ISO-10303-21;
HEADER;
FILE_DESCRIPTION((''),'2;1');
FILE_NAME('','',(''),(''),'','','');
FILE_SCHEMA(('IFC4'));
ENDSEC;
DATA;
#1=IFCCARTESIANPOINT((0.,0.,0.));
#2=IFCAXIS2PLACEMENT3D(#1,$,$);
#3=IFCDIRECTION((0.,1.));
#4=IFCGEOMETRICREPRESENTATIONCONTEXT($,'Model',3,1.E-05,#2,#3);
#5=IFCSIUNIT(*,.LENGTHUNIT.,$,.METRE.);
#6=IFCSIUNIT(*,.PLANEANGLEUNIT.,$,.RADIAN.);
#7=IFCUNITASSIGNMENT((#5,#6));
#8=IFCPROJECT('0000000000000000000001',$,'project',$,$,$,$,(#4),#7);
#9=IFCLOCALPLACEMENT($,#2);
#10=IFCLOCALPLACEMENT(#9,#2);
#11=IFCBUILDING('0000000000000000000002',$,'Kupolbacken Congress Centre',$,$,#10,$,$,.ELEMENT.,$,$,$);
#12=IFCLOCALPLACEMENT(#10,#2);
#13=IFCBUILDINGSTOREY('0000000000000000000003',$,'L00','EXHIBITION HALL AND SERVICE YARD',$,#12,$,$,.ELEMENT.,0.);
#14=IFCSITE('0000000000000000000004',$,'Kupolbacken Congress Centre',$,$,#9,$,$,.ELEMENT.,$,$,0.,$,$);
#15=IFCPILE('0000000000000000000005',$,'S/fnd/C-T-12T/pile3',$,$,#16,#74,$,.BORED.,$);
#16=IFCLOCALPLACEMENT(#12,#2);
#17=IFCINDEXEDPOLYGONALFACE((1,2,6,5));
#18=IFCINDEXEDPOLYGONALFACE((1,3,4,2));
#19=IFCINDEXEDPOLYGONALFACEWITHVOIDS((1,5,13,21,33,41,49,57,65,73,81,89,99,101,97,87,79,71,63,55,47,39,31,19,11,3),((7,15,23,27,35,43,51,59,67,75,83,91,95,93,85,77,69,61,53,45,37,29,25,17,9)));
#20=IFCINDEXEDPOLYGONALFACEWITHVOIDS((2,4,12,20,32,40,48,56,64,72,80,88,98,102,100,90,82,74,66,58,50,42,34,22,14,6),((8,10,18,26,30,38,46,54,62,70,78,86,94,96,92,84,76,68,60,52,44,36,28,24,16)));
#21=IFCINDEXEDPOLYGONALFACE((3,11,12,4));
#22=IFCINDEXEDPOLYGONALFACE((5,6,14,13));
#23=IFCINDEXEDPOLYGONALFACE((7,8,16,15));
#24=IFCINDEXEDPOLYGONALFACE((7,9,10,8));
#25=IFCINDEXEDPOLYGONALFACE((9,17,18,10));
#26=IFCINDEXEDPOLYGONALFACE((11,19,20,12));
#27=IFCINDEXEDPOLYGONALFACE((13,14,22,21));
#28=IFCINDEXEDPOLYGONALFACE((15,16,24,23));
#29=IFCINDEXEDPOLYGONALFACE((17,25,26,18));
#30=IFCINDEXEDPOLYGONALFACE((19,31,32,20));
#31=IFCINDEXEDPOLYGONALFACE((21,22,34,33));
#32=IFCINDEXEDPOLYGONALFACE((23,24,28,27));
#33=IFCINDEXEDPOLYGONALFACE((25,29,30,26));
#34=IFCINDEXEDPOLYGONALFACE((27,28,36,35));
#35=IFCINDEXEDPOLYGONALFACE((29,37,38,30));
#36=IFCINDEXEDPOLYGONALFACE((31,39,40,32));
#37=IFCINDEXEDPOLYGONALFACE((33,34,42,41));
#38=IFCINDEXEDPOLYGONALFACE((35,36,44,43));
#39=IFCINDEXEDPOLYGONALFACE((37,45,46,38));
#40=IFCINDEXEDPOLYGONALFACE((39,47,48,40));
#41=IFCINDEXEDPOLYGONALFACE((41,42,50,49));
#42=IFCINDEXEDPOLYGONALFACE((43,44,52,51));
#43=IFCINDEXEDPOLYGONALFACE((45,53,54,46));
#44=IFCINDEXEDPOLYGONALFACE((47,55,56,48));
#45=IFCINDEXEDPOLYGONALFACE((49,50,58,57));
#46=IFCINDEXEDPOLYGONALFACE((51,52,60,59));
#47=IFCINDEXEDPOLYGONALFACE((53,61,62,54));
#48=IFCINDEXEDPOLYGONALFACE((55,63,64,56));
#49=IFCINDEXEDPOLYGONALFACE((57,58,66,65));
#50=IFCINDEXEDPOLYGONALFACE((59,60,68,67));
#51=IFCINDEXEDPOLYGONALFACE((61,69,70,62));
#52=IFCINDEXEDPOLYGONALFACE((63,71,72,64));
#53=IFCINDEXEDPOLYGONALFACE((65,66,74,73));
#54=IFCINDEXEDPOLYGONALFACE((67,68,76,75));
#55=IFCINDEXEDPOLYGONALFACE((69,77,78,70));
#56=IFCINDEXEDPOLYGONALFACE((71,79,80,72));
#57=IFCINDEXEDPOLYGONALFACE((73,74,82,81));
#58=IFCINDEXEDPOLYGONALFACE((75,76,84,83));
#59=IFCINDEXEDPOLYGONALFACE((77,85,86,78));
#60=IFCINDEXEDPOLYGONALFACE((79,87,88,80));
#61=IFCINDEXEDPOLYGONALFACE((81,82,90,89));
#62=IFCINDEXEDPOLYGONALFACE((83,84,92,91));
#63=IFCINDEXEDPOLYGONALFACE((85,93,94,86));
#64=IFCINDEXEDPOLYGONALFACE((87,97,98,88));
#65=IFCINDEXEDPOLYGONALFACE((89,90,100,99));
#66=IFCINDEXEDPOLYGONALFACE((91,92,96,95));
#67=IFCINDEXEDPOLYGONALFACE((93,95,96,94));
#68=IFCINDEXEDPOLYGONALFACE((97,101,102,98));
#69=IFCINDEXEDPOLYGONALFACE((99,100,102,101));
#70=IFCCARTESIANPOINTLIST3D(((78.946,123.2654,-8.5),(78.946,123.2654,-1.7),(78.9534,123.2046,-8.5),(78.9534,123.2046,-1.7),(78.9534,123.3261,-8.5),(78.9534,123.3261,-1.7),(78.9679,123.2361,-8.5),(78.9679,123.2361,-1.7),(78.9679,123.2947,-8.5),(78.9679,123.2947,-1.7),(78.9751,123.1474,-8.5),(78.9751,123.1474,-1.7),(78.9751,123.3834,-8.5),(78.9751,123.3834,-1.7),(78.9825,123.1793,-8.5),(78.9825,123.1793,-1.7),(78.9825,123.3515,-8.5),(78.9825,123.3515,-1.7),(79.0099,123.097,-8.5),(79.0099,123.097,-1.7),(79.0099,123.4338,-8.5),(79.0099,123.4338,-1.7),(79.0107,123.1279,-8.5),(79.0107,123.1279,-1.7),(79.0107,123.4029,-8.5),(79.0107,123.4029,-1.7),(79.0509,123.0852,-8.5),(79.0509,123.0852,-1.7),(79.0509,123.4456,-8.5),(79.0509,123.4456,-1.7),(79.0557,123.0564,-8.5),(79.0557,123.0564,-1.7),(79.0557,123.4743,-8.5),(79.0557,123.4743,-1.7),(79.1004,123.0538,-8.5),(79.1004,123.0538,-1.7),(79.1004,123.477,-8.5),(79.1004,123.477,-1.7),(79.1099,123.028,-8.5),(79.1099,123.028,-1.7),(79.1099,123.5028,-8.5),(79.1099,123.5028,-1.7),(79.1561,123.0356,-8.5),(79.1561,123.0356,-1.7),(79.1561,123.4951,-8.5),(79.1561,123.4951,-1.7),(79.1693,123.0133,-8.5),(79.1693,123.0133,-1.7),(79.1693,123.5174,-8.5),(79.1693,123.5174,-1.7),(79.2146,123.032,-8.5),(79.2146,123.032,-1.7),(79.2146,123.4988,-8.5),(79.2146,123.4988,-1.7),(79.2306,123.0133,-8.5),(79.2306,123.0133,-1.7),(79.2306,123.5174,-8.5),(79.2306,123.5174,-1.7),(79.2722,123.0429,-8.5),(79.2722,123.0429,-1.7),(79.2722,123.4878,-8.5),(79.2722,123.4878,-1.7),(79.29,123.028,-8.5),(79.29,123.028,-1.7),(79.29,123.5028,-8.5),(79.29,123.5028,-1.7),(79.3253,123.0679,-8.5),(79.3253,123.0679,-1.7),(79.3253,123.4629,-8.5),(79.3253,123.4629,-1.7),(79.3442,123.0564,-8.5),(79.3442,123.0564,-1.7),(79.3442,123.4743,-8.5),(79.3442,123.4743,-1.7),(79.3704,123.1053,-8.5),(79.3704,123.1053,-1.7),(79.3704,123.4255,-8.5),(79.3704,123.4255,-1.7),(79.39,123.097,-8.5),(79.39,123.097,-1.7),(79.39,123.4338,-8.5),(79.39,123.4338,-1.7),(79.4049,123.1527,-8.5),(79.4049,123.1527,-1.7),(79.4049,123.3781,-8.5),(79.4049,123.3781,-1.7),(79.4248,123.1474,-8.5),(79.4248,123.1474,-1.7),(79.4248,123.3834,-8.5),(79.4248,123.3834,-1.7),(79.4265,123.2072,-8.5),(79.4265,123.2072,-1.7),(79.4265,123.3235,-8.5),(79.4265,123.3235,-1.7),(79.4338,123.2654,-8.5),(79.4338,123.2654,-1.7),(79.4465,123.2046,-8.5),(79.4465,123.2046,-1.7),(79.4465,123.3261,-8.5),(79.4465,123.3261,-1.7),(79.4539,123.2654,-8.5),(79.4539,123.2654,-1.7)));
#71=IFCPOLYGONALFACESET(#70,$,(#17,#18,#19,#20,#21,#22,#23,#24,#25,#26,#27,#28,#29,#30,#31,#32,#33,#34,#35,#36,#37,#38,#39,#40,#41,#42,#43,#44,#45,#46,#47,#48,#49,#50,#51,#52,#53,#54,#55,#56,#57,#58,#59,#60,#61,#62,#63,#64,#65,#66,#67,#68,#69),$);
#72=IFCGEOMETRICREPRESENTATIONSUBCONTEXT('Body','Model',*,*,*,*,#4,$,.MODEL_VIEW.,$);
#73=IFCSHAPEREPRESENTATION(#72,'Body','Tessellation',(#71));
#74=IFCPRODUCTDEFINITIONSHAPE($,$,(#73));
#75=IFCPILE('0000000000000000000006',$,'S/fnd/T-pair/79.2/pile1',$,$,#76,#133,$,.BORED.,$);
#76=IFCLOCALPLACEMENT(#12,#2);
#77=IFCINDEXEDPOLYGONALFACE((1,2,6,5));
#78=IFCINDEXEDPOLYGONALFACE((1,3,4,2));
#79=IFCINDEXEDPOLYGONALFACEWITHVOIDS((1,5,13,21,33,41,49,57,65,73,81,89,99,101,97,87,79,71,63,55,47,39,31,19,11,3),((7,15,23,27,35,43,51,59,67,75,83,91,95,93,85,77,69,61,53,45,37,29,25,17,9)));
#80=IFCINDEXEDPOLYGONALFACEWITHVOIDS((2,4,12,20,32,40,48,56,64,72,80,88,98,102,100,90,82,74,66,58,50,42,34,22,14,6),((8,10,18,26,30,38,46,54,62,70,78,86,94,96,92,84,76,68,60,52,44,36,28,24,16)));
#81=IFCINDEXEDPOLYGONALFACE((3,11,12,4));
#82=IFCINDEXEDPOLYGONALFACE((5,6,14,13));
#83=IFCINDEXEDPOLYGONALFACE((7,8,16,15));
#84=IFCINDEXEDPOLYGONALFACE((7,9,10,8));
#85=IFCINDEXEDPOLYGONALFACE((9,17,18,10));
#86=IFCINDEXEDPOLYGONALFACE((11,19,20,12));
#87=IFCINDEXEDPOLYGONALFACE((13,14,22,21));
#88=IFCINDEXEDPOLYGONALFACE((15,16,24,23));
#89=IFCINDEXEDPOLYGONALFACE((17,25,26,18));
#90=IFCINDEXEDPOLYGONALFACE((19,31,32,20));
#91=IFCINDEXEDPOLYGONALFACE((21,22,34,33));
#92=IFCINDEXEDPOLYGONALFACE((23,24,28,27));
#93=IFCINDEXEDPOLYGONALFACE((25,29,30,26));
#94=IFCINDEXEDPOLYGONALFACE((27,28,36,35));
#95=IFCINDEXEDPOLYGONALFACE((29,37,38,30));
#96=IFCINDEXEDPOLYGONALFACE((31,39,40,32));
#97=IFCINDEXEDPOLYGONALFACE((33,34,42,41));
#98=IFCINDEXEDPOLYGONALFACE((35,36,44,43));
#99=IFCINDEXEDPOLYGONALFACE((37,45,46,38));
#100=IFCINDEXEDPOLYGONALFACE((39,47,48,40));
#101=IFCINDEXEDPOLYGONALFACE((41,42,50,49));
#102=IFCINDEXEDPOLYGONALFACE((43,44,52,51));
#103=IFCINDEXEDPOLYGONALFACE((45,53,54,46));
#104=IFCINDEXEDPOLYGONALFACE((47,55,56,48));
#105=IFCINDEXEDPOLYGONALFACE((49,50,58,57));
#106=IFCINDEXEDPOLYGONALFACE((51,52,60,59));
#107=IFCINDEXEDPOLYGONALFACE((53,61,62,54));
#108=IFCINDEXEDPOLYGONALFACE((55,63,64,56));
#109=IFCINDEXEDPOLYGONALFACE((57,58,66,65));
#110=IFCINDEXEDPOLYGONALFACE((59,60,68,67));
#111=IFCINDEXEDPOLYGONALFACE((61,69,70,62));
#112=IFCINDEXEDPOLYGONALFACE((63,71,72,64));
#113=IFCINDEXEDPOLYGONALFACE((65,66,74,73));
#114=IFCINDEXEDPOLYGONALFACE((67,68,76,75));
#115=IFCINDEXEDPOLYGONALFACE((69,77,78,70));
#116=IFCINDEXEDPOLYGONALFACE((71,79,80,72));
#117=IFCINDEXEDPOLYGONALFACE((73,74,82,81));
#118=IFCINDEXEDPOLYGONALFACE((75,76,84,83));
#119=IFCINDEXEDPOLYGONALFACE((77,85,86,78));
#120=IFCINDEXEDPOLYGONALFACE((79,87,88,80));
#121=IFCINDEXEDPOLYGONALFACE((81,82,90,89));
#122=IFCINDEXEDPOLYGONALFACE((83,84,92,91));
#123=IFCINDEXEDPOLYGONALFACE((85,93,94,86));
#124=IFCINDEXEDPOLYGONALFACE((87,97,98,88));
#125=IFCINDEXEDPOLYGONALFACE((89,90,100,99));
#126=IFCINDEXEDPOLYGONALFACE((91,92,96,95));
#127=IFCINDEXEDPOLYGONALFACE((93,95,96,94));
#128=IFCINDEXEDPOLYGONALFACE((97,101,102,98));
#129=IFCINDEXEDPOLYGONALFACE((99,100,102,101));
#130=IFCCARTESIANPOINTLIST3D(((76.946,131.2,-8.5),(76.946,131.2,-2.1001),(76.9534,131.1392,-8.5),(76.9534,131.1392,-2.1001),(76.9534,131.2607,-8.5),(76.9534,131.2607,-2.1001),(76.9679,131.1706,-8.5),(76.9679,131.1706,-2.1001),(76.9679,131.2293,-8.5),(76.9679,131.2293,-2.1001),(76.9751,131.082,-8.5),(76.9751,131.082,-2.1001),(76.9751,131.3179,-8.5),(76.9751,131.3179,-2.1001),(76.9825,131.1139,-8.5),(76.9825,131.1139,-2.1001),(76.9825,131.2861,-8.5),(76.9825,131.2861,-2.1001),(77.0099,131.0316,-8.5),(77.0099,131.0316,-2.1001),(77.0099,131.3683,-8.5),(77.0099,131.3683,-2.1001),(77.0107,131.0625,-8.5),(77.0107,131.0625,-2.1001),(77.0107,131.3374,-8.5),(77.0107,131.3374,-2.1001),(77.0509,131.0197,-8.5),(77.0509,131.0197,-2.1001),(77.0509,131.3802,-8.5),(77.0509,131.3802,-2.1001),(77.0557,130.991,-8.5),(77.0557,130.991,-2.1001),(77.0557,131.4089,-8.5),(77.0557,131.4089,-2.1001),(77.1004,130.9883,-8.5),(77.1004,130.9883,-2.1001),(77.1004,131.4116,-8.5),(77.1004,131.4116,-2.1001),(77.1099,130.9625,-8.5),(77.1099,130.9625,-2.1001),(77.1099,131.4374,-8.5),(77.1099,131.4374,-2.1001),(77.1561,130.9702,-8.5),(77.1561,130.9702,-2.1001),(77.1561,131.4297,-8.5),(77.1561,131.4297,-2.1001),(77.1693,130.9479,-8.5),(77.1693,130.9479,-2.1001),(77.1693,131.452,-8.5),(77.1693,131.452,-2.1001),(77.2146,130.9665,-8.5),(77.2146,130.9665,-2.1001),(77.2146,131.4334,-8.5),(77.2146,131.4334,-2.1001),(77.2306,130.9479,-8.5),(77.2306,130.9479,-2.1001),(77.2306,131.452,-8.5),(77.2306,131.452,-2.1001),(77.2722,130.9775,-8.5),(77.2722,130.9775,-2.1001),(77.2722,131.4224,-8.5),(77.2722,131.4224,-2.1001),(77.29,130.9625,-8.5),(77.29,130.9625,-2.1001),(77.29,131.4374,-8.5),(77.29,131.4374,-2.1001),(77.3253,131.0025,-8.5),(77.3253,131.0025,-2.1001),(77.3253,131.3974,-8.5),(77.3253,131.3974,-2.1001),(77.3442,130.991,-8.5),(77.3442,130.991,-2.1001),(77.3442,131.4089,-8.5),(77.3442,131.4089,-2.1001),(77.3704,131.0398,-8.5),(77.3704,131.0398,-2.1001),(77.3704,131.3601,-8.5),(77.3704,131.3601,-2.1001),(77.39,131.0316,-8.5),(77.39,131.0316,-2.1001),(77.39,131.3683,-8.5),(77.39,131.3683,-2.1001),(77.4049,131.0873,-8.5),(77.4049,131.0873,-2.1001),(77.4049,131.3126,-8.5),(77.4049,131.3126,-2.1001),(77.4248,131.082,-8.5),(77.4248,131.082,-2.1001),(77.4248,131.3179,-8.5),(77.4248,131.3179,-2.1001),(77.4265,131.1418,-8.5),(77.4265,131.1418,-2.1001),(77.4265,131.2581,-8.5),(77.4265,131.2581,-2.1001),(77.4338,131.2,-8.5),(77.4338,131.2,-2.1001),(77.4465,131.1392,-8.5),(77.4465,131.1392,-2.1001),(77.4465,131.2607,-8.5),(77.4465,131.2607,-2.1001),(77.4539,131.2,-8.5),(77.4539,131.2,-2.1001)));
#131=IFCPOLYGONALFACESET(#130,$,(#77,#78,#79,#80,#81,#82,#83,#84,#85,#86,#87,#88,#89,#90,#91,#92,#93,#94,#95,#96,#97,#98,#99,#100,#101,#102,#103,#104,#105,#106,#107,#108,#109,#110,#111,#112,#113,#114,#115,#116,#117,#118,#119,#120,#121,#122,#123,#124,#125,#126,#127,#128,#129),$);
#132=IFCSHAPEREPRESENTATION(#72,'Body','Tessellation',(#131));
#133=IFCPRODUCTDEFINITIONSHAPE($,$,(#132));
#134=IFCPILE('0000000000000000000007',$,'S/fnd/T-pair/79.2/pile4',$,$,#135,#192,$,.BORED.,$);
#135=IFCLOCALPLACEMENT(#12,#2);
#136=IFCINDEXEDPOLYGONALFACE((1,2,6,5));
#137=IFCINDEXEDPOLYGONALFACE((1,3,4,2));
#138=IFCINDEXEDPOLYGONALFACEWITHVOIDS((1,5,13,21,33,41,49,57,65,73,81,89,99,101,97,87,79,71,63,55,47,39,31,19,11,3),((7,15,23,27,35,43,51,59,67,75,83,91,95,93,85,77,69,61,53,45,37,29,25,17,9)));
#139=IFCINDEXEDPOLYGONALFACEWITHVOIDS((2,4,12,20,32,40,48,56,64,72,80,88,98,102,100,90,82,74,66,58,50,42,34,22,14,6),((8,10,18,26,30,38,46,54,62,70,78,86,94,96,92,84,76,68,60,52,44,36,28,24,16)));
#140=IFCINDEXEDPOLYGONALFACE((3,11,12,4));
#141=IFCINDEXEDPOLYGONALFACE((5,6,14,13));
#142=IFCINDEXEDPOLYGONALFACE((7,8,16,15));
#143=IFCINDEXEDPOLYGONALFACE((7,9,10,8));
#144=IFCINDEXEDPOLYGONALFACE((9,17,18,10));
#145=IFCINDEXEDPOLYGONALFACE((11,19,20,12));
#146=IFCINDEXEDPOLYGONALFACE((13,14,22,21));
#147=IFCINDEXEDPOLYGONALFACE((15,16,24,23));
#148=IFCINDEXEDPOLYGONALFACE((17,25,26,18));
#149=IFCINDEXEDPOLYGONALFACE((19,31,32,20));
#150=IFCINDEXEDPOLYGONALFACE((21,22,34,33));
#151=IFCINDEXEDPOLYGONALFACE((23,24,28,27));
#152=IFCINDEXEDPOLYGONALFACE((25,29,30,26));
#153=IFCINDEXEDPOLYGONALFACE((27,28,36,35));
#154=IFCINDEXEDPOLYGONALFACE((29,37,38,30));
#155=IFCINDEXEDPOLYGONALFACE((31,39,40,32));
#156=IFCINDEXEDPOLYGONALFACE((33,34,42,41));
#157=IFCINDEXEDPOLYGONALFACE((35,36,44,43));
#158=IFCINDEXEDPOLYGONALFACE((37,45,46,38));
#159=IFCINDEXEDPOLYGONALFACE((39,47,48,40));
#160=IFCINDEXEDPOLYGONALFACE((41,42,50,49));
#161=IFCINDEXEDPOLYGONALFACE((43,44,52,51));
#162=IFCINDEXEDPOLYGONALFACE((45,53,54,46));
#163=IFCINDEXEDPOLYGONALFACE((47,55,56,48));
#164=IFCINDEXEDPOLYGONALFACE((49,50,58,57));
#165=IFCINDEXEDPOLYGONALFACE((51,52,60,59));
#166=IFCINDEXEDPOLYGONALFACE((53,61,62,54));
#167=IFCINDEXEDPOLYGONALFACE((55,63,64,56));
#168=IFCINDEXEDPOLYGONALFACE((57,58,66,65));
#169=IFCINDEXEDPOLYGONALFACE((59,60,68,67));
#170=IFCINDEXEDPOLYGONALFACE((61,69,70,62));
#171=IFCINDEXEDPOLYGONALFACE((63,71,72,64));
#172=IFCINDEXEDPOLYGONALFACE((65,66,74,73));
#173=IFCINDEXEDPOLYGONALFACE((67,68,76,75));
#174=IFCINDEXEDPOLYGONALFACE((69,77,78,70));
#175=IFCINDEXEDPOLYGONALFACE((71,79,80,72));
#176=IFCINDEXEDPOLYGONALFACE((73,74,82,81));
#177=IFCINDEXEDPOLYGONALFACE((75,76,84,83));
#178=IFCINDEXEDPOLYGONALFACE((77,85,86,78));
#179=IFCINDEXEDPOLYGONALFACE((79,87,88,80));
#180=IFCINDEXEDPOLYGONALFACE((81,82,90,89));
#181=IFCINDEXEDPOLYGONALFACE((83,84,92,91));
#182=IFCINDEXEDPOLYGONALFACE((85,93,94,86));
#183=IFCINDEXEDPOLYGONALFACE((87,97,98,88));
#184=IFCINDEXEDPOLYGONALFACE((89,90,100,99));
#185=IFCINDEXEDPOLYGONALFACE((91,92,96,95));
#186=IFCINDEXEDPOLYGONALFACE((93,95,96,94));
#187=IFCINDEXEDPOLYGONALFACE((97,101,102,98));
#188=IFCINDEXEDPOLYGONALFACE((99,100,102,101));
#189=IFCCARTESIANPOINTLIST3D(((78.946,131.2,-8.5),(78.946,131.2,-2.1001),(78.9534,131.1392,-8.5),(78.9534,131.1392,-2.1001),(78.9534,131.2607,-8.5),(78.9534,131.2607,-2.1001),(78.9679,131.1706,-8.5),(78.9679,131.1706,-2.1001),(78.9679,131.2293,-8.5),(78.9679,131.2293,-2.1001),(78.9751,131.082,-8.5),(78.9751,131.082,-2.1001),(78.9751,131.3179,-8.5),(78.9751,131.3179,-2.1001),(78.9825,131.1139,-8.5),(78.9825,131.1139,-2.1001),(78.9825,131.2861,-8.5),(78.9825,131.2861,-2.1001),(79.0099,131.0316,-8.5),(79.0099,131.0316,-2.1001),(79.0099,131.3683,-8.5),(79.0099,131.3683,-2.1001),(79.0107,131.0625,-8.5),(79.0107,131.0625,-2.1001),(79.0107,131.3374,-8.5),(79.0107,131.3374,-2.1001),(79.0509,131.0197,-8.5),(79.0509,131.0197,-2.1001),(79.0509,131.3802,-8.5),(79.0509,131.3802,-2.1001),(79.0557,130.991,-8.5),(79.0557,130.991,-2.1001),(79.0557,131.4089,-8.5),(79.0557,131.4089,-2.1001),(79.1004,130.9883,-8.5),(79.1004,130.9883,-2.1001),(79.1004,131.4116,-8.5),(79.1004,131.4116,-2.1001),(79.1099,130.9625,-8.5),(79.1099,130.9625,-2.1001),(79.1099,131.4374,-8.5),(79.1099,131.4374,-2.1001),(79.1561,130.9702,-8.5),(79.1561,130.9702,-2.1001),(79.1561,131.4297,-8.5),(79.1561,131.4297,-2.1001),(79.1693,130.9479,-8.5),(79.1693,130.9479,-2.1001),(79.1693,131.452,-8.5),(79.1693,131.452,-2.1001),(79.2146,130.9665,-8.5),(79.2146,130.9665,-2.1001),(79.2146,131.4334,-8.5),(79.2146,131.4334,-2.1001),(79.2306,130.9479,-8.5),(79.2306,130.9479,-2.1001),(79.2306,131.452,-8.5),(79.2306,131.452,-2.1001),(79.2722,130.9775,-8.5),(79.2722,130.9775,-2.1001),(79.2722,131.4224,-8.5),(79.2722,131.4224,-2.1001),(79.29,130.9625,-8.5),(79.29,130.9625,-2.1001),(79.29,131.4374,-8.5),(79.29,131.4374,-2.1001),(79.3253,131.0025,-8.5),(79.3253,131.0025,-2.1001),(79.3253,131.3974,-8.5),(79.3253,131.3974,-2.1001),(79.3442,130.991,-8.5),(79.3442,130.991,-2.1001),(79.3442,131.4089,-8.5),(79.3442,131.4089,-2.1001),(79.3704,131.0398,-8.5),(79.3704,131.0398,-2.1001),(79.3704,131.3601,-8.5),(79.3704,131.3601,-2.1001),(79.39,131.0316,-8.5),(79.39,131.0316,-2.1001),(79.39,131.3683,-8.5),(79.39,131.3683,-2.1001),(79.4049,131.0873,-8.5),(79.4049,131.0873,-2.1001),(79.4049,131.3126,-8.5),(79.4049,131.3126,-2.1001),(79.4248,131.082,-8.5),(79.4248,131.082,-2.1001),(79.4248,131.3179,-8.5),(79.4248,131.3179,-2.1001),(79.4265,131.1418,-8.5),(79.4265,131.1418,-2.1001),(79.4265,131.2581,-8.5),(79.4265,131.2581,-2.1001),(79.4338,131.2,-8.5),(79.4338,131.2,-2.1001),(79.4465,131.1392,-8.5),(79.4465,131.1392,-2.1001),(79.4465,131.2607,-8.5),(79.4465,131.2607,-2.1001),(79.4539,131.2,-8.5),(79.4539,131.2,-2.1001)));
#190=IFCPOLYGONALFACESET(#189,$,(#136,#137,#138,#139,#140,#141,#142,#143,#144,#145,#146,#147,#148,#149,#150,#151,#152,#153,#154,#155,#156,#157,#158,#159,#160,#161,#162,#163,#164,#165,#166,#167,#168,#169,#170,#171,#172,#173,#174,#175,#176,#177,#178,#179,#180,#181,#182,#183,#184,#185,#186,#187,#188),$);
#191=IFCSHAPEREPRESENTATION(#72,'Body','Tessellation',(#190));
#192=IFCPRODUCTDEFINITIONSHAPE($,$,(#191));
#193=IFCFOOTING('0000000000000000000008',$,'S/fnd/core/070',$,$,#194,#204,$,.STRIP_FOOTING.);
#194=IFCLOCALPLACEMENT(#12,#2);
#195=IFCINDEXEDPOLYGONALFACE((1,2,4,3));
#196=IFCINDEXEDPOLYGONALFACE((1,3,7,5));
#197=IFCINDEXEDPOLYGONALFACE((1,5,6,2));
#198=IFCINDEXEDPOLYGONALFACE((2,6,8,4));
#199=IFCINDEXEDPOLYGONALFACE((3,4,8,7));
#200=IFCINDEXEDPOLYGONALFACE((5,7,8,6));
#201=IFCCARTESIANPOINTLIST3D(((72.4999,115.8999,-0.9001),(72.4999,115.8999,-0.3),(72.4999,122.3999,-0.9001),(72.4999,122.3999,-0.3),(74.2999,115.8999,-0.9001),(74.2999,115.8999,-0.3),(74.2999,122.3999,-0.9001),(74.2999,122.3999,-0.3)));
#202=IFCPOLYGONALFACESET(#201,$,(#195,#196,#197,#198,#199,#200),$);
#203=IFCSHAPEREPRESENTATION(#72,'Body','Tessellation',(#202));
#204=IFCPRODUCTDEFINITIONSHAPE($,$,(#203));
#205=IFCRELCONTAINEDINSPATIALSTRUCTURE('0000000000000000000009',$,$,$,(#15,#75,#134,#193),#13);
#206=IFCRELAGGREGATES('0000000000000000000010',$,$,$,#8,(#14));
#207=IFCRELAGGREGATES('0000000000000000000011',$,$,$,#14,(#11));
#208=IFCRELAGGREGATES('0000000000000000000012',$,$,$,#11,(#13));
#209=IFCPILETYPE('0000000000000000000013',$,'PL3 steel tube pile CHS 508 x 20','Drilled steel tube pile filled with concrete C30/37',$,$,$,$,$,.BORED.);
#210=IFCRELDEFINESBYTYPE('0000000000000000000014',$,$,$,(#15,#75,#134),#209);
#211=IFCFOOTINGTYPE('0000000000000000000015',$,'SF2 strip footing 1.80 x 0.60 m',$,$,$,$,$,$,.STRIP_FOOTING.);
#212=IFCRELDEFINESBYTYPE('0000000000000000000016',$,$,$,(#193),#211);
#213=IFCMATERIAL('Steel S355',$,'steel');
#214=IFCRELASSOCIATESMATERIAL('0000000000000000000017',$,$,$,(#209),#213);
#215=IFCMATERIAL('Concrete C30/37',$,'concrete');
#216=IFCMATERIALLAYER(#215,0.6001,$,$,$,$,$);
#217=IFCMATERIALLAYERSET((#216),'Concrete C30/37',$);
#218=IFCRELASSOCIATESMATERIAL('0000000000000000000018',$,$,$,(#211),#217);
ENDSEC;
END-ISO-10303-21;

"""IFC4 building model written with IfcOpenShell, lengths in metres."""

from ifc_helpers import new_model, si_unit, direction, frame, origin, origin_2d, place, context, subcontext, project, spatial, rectangle, hollow_circle, extrude, material, layer, layer_set, material_profile, profile_set, type_object, element, save


model = new_model("IFC4")

# Units and contexts
model_context = context("Model", 3, precision=1e-05, world=origin(), true_north=direction((0.0, 1.0)))
body_context = subcontext(model_context, "Body", "Model", "MODEL_VIEW")
ifc_project = project(units=[si_unit("LENGTHUNIT", "METRE"), si_unit("PLANEANGLEUNIT", "RADIAN")], contexts=[model_context])

# Site, building, storey
site_placement = place(None, origin())
site = spatial("IfcSite", under=ifc_project, at=site_placement, Name="Kupolbacken Congress Centre", CompositionType="ELEMENT", RefElevation=0.0)
building_placement = place(site_placement, origin())
building = spatial("IfcBuilding", under=site, at=building_placement, Name="Kupolbacken Congress Centre", CompositionType="ELEMENT")
storey_placement = place(building_placement, origin())
storey = spatial("IfcBuildingStorey", under=building, at=storey_placement, Name="L00", Description="EXHIBITION HALL AND SERVICE YARD", CompositionType="ELEMENT", Elevation=0.0)

# Piles
ifc_material_1 = material(Name="Steel S355", Category="steel")
ifc_material_profile_1 = material_profile(ifc_material_1, hollow_circle(Radius=0.2539, WallThickness=0.02, at=origin_2d()), Name="CHS 508 x 20")
ifc_profile_set_1 = profile_set([ifc_material_profile_1], Name="Steel S355")
pile_type = type_object("IfcPileType", Name="PL3 steel tube pile CHS 508 x 20", Description="Drilled steel tube pile filled with concrete C30/37", PredefinedType="BORED", material=ifc_profile_set_1)
for number, where, z_axis, x_axis, name in (
    (1, (79.2, 123.2654, -1.7), (0.0, 0.0, -1.0), (1.0, 0.0, 0.0), "S/fnd/C-T-12T/pile3"),
):
    element("IfcPile", number, at=place(storey_placement, frame(where, z_axis=z_axis, x_axis=x_axis)), inside=storey, type_object=pile_type, Name=name, PredefinedType="BORED", context=body_context, shape_type="SweptSolid", body=[
        extrude(hollow_circle(Radius=0.2539, WallThickness=0.02, at=origin_2d()), origin(), (0.0, 0.0, 1.0), 6.8),
    ])
for number, where, z_axis, x_axis, name in (
    (2, (77.2, 131.2, -2.1001), (0.0, 0.0, -1.0), (1.0, 0.0, 0.0), "S/fnd/T-pair/79.2/pile1"),
    (3, (79.2, 131.2, -2.1001), (0.0, 0.0, -1.0), (1.0, 0.0, 0.0), "S/fnd/T-pair/79.2/pile4"),
):
    element("IfcPile", number, at=place(storey_placement, frame(where, z_axis=z_axis, x_axis=x_axis)), inside=storey, type_object=pile_type, Name=name, PredefinedType="BORED", context=body_context, shape_type="SweptSolid", body=[
        extrude(hollow_circle(Radius=0.2539, WallThickness=0.02, at=origin_2d()), origin(), (0.0, 0.0, 1.0), 6.3999),
    ])

# Footing
ifc_material_2 = material(Name="Concrete C30/37", Category="concrete")
ifc_layer_1 = layer(ifc_material_2, 0.6001)
ifc_layer_set_1 = layer_set([ifc_layer_1], Name="Concrete C30/37")
footing_type_1 = type_object("IfcFootingType", Name="SF2 strip footing 1.80 x 0.60 m", PredefinedType="STRIP_FOOTING", material=ifc_layer_set_1)
for number, where, z_axis, x_axis, name in (
    (4, (73.3999, 119.1499, -0.9001), (0.0, 0.0, 1.0), (0.0, 1.0, 0.0), "S/fnd/core/070"),
):
    element("IfcFooting", number, at=place(storey_placement, frame(where, z_axis=z_axis, x_axis=x_axis)), inside=storey, type_object=footing_type_1, Name=name, PredefinedType="STRIP_FOOTING", context=body_context, shape_type="SweptSolid", body=[
        extrude(rectangle(XDim=6.5, YDim=1.8, at=origin_2d()), origin(), (0.0, 0.0, 1.0), 0.6001),
    ])

save(model, "model.ifc")
